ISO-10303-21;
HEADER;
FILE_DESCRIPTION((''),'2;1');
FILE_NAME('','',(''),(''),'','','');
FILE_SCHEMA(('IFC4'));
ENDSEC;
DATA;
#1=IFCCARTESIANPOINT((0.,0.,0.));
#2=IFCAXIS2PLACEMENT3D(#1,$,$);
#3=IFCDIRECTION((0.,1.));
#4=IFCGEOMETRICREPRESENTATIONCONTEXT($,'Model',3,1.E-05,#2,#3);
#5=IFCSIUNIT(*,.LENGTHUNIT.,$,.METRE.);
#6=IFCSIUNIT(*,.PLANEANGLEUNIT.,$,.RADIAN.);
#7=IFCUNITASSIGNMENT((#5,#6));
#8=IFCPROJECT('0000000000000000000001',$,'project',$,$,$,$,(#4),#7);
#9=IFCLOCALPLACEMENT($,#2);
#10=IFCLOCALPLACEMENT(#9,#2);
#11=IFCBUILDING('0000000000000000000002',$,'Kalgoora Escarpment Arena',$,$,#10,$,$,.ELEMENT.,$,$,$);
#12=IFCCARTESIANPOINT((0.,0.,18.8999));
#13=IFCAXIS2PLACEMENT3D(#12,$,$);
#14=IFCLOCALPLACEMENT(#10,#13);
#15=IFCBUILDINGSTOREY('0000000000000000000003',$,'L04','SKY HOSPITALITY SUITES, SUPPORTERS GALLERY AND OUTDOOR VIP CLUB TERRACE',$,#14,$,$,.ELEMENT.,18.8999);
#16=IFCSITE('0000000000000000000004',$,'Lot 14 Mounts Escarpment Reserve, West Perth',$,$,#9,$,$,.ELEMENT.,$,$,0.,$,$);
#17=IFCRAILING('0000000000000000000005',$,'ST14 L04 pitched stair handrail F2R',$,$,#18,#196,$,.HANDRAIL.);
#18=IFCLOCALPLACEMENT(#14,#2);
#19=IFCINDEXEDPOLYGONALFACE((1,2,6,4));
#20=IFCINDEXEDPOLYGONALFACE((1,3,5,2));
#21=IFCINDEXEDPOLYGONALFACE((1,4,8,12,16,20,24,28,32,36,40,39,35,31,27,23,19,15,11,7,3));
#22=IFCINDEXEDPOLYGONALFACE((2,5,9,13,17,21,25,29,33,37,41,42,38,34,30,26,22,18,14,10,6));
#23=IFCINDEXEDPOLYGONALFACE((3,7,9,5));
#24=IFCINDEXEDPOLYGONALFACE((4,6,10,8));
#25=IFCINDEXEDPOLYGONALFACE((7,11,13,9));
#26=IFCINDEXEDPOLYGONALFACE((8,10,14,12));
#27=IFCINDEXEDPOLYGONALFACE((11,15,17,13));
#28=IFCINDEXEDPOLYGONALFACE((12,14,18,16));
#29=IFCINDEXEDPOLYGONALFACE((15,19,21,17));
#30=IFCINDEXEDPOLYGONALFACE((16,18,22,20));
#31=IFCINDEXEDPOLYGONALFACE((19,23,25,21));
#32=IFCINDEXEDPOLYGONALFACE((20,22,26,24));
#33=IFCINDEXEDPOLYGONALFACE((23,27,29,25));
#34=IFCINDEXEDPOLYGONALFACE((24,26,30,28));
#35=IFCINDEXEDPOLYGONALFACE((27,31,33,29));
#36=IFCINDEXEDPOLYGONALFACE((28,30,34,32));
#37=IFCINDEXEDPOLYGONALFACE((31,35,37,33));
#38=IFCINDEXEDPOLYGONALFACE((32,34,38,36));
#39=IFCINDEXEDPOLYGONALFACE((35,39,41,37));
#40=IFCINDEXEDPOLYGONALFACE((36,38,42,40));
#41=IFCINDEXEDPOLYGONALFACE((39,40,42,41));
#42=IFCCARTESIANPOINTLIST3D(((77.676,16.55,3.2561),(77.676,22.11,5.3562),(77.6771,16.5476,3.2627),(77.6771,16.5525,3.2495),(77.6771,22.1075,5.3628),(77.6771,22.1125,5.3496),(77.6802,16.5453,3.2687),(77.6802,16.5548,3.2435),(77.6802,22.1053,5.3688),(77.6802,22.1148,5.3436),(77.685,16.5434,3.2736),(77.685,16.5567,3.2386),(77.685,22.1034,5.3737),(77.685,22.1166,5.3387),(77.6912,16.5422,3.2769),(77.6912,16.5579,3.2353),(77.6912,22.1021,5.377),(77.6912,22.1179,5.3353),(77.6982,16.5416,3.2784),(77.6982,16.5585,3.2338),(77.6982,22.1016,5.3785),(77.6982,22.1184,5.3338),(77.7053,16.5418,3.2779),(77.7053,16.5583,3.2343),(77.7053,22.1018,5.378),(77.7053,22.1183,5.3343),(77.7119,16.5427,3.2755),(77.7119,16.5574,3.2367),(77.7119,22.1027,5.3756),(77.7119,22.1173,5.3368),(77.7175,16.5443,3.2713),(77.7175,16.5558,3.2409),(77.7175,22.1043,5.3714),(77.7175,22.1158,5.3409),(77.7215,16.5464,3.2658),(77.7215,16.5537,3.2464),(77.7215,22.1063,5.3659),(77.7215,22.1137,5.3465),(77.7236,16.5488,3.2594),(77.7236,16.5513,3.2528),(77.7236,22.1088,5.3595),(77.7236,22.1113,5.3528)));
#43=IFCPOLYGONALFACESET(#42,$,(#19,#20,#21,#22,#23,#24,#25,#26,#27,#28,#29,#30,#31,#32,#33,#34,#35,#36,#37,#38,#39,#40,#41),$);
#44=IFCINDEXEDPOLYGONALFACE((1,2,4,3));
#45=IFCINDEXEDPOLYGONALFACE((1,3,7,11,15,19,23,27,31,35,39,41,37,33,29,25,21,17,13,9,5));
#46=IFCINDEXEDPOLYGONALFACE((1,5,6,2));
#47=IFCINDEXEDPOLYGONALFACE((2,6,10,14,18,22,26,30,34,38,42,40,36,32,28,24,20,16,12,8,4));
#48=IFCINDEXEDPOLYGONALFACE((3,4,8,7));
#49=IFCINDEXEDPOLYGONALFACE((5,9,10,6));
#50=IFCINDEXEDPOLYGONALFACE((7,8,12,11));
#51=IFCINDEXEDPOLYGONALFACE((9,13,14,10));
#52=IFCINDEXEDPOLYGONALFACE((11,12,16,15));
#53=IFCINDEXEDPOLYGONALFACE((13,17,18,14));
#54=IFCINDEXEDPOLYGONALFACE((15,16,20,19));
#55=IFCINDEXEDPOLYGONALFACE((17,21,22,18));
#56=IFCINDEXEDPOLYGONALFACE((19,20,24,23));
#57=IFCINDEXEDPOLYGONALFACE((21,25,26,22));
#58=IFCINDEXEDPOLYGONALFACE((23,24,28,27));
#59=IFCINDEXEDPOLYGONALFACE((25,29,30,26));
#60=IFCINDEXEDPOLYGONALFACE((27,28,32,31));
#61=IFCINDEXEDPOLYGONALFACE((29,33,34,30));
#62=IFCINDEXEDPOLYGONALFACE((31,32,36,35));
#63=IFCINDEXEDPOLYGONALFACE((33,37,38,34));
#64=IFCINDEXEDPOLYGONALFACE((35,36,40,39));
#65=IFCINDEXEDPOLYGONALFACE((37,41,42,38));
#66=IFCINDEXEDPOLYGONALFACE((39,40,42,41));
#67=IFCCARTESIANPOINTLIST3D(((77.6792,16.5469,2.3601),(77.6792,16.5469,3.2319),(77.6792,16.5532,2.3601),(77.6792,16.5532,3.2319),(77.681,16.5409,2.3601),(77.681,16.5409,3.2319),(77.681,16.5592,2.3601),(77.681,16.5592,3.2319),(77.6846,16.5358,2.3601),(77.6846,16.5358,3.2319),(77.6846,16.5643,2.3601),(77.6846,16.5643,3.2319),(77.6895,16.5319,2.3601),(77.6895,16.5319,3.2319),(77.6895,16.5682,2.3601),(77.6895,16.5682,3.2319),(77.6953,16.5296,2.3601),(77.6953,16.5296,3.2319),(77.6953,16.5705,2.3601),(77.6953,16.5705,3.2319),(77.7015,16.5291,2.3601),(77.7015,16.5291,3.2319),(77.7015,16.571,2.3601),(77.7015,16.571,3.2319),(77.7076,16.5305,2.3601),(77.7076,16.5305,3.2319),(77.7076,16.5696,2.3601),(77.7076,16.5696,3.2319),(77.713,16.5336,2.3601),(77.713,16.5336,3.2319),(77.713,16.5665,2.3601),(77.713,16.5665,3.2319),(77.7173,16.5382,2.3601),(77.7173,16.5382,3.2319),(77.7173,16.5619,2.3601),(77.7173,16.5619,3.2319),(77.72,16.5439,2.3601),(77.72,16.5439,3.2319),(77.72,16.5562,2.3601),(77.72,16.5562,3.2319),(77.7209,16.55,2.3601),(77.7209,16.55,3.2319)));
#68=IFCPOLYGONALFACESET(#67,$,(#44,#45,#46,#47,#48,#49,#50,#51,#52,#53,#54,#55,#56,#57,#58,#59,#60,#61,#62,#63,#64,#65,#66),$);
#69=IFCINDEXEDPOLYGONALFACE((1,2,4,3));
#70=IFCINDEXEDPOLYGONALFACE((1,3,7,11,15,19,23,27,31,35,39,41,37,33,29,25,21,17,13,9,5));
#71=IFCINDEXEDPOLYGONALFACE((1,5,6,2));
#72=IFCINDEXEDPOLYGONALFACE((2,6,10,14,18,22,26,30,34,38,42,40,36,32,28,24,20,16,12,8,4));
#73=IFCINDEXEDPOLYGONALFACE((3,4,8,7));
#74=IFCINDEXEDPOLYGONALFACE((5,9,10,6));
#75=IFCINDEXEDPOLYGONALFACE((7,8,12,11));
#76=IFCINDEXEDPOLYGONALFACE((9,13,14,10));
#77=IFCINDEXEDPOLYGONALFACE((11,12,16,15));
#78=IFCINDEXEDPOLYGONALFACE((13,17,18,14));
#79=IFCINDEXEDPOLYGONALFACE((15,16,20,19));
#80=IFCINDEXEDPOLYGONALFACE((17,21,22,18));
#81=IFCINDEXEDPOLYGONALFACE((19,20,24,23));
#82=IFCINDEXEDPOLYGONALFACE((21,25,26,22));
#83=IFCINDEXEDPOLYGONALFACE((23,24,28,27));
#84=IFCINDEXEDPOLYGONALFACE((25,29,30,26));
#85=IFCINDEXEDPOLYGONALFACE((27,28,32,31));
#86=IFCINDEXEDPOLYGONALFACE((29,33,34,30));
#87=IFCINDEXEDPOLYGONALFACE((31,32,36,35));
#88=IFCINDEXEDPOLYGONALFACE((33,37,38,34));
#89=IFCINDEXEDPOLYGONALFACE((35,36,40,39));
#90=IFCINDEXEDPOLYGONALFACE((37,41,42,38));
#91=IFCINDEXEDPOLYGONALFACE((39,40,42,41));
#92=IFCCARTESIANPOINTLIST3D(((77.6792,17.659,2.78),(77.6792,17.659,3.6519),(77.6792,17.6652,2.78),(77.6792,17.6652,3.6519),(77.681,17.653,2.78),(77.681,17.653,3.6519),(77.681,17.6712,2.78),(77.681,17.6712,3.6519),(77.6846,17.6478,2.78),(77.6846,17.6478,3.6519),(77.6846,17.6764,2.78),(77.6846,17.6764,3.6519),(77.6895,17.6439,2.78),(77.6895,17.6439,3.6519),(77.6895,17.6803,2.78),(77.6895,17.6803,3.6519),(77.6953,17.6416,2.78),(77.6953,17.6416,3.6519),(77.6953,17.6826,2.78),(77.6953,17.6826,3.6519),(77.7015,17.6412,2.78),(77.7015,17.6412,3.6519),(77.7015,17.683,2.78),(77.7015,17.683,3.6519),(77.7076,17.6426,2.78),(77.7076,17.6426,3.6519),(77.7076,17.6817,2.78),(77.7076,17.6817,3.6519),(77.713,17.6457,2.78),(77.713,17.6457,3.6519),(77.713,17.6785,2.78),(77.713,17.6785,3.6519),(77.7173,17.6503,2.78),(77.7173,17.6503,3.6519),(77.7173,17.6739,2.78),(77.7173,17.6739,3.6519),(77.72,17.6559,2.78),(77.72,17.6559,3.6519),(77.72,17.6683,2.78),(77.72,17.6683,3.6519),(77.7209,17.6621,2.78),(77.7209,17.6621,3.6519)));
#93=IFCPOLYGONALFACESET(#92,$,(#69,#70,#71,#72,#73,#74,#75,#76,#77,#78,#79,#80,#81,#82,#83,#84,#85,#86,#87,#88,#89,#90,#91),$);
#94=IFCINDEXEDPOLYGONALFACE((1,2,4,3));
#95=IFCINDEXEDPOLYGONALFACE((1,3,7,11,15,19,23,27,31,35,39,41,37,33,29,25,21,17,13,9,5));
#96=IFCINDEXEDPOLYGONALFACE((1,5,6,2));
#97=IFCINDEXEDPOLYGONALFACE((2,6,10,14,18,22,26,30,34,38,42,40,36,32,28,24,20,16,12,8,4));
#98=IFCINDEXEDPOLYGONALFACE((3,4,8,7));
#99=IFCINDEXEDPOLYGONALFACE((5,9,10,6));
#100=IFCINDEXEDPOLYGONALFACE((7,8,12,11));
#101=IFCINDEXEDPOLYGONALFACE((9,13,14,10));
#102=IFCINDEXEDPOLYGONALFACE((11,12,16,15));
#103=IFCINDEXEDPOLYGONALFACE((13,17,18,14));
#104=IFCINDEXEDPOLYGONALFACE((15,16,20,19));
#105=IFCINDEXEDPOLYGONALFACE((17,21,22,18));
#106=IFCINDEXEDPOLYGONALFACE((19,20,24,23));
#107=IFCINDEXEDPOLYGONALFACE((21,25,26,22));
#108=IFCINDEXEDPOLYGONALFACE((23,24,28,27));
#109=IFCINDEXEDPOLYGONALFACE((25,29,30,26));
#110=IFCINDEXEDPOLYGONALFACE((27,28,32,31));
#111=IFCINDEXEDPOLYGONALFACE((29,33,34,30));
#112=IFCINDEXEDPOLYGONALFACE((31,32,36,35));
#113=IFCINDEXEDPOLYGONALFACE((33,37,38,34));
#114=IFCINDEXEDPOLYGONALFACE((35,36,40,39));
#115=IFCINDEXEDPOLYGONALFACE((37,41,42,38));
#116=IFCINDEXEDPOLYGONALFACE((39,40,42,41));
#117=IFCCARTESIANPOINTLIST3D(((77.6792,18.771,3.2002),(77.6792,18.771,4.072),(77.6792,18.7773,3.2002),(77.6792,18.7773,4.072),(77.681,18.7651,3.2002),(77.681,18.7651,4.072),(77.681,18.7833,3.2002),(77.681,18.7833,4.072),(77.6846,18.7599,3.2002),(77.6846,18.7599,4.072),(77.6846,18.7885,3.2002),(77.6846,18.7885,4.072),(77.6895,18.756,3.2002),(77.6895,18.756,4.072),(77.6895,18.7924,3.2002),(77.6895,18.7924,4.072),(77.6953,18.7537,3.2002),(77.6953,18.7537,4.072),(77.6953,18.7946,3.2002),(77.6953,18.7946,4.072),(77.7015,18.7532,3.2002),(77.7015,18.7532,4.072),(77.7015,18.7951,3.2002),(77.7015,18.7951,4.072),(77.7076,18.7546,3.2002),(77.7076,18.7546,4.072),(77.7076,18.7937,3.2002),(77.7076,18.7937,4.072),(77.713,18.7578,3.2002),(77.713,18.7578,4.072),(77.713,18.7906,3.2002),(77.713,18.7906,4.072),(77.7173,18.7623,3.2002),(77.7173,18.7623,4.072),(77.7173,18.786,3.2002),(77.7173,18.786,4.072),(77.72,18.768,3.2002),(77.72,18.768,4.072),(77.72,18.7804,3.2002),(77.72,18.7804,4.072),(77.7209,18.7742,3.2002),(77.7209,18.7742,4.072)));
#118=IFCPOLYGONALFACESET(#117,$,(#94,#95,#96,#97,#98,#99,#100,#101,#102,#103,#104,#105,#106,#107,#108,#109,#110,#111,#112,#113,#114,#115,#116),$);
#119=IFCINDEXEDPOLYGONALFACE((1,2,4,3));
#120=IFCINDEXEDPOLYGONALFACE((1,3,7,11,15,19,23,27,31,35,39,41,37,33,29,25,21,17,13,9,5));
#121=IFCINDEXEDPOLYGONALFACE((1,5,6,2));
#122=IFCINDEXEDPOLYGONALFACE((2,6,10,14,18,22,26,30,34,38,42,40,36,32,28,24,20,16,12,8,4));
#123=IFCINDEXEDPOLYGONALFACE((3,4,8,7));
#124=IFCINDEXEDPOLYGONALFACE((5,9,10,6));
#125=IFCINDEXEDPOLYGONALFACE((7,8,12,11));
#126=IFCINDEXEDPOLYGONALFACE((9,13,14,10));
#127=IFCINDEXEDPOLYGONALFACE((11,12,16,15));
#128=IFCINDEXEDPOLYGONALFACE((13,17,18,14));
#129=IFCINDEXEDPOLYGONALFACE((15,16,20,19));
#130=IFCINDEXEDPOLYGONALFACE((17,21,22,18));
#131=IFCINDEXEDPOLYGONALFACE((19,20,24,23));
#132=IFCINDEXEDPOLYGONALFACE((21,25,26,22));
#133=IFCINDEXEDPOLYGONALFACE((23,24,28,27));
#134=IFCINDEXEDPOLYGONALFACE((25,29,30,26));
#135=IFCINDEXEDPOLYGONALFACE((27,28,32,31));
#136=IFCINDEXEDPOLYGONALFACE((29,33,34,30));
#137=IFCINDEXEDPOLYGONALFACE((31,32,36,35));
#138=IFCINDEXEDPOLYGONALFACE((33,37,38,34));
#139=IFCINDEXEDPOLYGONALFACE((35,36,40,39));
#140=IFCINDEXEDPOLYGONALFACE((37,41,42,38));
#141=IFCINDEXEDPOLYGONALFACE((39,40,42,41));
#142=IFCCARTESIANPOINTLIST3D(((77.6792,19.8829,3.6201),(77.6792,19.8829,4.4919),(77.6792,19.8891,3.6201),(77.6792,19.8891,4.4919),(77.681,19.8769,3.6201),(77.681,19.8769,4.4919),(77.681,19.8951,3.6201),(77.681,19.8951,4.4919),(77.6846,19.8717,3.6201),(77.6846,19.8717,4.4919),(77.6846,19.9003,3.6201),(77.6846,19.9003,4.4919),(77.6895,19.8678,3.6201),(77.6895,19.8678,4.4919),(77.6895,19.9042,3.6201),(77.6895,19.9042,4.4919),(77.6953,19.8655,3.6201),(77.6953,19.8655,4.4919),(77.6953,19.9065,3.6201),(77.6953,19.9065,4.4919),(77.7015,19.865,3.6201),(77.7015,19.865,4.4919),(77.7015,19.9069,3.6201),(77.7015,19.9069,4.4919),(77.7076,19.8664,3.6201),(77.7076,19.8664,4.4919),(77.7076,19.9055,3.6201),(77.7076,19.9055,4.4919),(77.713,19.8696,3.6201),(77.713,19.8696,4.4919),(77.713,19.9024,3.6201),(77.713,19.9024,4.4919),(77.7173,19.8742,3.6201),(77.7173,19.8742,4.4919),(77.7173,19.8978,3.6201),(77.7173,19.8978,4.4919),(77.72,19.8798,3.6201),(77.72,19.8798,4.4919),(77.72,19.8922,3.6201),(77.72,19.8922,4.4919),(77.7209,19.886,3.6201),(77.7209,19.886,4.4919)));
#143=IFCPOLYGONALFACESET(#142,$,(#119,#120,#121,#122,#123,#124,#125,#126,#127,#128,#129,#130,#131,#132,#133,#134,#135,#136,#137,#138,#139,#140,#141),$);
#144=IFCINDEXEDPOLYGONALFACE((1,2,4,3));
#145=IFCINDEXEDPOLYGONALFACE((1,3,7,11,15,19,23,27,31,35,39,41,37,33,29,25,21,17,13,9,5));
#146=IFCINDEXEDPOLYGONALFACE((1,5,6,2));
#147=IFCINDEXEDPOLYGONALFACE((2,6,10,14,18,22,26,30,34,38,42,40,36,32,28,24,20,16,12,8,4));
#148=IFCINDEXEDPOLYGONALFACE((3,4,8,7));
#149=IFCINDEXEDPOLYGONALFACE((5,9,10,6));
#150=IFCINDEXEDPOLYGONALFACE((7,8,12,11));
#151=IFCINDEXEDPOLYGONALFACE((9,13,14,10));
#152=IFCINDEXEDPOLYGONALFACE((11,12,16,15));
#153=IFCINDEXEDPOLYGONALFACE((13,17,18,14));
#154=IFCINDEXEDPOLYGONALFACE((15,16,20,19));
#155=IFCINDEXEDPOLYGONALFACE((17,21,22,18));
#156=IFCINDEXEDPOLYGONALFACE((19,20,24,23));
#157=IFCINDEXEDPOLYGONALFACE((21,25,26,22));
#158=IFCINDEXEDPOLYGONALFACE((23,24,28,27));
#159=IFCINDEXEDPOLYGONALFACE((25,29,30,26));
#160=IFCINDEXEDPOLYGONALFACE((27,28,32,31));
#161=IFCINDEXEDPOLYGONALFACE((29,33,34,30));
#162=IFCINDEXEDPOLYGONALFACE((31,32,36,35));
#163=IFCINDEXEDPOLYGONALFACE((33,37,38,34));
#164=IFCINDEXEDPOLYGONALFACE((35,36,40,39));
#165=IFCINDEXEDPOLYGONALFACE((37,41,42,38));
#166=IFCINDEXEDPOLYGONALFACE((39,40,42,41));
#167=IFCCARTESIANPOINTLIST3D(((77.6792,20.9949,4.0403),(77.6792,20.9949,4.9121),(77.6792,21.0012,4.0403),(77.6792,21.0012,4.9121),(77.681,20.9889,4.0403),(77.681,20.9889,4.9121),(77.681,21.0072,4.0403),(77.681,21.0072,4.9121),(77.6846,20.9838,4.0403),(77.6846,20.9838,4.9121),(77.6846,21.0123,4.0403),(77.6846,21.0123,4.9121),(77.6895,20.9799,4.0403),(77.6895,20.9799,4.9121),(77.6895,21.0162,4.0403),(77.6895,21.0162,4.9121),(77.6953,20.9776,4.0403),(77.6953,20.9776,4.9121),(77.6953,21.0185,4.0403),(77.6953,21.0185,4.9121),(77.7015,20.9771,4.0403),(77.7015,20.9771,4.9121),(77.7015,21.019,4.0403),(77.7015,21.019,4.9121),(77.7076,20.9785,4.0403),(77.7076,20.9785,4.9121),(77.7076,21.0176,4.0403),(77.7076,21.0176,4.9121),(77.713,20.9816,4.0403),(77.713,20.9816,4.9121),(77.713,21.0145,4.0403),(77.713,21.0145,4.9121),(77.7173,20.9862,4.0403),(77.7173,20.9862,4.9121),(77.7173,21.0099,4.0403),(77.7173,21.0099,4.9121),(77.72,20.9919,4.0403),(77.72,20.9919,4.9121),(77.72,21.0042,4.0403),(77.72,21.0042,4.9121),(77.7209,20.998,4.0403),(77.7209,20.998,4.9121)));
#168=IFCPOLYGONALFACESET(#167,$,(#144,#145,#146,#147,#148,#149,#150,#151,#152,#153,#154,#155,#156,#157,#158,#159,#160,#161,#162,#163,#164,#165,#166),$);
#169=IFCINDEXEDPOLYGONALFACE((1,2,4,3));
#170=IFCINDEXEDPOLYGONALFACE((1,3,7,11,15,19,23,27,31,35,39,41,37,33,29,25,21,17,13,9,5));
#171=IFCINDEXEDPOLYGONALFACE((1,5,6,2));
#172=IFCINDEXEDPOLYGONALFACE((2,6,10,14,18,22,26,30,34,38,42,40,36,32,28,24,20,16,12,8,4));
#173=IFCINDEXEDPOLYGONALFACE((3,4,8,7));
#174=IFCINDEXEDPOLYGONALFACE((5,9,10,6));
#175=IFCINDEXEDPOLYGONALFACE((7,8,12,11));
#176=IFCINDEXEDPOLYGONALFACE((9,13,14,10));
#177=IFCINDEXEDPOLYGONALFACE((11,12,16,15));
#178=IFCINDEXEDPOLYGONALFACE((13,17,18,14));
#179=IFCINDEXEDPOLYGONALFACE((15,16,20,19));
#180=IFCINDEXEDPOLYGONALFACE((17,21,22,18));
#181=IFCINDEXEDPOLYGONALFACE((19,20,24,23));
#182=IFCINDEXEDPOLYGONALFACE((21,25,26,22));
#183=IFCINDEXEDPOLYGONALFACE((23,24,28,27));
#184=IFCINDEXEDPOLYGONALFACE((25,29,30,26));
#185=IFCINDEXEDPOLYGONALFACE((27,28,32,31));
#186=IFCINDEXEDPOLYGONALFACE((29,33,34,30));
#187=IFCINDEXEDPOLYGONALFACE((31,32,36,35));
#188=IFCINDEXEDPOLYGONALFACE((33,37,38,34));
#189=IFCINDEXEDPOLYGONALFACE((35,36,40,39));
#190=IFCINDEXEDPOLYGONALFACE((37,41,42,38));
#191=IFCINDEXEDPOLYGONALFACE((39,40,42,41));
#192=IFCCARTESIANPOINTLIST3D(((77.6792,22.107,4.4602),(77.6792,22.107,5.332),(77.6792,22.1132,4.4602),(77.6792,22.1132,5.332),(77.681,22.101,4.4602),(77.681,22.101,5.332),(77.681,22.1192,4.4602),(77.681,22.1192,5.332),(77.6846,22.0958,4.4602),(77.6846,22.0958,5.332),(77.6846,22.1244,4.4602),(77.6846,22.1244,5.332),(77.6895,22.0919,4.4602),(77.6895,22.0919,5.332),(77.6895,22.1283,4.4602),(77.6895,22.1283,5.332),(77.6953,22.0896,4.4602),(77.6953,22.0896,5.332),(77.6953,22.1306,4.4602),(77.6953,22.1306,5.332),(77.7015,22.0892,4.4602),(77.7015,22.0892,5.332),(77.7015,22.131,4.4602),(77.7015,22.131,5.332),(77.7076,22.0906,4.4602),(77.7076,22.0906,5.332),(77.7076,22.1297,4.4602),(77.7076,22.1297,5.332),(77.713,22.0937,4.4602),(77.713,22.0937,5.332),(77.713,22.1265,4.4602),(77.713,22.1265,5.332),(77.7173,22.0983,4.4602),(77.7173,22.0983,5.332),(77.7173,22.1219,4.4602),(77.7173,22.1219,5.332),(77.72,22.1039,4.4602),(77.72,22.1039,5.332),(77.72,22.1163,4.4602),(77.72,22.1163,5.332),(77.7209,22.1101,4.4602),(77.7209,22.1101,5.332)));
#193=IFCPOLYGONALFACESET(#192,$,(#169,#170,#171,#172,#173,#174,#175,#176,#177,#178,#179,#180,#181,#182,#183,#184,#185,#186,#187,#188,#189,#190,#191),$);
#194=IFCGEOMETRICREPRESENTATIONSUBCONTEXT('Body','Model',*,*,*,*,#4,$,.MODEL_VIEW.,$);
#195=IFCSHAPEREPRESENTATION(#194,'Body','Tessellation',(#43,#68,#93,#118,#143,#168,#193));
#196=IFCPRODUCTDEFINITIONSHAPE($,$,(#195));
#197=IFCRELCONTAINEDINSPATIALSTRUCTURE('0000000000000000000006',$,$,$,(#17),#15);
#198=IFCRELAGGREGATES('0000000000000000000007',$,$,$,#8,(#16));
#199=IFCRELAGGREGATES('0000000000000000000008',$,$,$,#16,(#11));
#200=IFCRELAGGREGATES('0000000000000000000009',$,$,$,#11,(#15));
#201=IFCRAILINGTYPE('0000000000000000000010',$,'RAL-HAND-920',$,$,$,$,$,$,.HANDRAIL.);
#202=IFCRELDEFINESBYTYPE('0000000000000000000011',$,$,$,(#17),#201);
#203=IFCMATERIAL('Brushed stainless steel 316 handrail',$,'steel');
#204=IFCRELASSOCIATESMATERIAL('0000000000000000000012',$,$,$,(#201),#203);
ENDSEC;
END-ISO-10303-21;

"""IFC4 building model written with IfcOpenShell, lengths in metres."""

from ifc_helpers import new_model, si_unit, direction, frame, origin, origin_2d, place, context, subcontext, project, spatial, circle, extrude, material, type_object, element, save


model = new_model("IFC4")

# Units and contexts
model_context = context("Model", 3, precision=1e-05, world=origin(), true_north=direction((0.0, 1.0)))
body_context = subcontext(model_context, "Body", "Model", "MODEL_VIEW")
ifc_project = project(units=[si_unit("LENGTHUNIT", "METRE"), si_unit("PLANEANGLEUNIT", "RADIAN")], contexts=[model_context])

# Site, building, storey
site_placement = place(None, origin())
site = spatial("IfcSite", under=ifc_project, at=site_placement, Name="Lot 14 Mounts Escarpment Reserve, West Perth", CompositionType="ELEMENT", RefElevation=0.0)
building_placement = place(site_placement, origin())
building = spatial("IfcBuilding", under=site, at=building_placement, Name="Kalgoora Escarpment Arena", CompositionType="ELEMENT")
storey_placement = place(building_placement, frame((0.0, 0.0, 18.8999)))
storey = spatial("IfcBuildingStorey", under=building, at=storey_placement, Name="L04", Description="SKY HOSPITALITY SUITES, SUPPORTERS GALLERY AND OUTDOOR VIP CLUB TERRACE", CompositionType="ELEMENT", Elevation=18.8999)

# Railing
ifc_material_1 = material(Name="Brushed stainless steel 316 handrail", Category="steel")
railing_type_1 = type_object("IfcRailingType", Name="RAL-HAND-920", PredefinedType="HANDRAIL", material=ifc_material_1)
for number, where, name in (
    (1, (77.7, 16.55, 2.3601), "ST14 L04 pitched stair handrail F2R"),
):
    element("IfcRailing", number, at=place(storey_placement, frame(where)), inside=storey, type_object=railing_type_1, Name=name, PredefinedType="HANDRAIL", context=body_context, shape_type="SweptSolid", body=[
        extrude(circle(Radius=0.0239, at=origin_2d()), frame((0.0, 0.0, 0.896), z_axis=(0.0, 0.935493, 0.353346), x_axis=(-1.0, 0.0, 0.0)), (0.0, 0.0, 1.0), 5.9434),
        extrude(circle(Radius=0.021, at=origin_2d()), origin(), (0.0, 0.0, 1.0), 0.8718),
        extrude(circle(Radius=0.021, at=origin_2d()), frame((0.0, 1.1121, 0.4199)), (0.0, 0.0, 1.0), 0.8718),
        extrude(circle(Radius=0.021, at=origin_2d()), frame((0.0, 2.2241, 0.8401)), (0.0, 0.0, 1.0), 0.8718),
        extrude(circle(Radius=0.021, at=origin_2d()), frame((0.0, 3.3359, 1.26)), (0.0, 0.0, 1.0), 0.8718),
        extrude(circle(Radius=0.021, at=origin_2d()), frame((0.0, 4.448, 1.6802)), (0.0, 0.0, 1.0), 0.8718),
        extrude(circle(Radius=0.021, at=origin_2d()), frame((0.0, 5.5601, 2.1001)), (0.0, 0.0, 1.0), 0.8718),
    ])

save(model, "model.ifc")
